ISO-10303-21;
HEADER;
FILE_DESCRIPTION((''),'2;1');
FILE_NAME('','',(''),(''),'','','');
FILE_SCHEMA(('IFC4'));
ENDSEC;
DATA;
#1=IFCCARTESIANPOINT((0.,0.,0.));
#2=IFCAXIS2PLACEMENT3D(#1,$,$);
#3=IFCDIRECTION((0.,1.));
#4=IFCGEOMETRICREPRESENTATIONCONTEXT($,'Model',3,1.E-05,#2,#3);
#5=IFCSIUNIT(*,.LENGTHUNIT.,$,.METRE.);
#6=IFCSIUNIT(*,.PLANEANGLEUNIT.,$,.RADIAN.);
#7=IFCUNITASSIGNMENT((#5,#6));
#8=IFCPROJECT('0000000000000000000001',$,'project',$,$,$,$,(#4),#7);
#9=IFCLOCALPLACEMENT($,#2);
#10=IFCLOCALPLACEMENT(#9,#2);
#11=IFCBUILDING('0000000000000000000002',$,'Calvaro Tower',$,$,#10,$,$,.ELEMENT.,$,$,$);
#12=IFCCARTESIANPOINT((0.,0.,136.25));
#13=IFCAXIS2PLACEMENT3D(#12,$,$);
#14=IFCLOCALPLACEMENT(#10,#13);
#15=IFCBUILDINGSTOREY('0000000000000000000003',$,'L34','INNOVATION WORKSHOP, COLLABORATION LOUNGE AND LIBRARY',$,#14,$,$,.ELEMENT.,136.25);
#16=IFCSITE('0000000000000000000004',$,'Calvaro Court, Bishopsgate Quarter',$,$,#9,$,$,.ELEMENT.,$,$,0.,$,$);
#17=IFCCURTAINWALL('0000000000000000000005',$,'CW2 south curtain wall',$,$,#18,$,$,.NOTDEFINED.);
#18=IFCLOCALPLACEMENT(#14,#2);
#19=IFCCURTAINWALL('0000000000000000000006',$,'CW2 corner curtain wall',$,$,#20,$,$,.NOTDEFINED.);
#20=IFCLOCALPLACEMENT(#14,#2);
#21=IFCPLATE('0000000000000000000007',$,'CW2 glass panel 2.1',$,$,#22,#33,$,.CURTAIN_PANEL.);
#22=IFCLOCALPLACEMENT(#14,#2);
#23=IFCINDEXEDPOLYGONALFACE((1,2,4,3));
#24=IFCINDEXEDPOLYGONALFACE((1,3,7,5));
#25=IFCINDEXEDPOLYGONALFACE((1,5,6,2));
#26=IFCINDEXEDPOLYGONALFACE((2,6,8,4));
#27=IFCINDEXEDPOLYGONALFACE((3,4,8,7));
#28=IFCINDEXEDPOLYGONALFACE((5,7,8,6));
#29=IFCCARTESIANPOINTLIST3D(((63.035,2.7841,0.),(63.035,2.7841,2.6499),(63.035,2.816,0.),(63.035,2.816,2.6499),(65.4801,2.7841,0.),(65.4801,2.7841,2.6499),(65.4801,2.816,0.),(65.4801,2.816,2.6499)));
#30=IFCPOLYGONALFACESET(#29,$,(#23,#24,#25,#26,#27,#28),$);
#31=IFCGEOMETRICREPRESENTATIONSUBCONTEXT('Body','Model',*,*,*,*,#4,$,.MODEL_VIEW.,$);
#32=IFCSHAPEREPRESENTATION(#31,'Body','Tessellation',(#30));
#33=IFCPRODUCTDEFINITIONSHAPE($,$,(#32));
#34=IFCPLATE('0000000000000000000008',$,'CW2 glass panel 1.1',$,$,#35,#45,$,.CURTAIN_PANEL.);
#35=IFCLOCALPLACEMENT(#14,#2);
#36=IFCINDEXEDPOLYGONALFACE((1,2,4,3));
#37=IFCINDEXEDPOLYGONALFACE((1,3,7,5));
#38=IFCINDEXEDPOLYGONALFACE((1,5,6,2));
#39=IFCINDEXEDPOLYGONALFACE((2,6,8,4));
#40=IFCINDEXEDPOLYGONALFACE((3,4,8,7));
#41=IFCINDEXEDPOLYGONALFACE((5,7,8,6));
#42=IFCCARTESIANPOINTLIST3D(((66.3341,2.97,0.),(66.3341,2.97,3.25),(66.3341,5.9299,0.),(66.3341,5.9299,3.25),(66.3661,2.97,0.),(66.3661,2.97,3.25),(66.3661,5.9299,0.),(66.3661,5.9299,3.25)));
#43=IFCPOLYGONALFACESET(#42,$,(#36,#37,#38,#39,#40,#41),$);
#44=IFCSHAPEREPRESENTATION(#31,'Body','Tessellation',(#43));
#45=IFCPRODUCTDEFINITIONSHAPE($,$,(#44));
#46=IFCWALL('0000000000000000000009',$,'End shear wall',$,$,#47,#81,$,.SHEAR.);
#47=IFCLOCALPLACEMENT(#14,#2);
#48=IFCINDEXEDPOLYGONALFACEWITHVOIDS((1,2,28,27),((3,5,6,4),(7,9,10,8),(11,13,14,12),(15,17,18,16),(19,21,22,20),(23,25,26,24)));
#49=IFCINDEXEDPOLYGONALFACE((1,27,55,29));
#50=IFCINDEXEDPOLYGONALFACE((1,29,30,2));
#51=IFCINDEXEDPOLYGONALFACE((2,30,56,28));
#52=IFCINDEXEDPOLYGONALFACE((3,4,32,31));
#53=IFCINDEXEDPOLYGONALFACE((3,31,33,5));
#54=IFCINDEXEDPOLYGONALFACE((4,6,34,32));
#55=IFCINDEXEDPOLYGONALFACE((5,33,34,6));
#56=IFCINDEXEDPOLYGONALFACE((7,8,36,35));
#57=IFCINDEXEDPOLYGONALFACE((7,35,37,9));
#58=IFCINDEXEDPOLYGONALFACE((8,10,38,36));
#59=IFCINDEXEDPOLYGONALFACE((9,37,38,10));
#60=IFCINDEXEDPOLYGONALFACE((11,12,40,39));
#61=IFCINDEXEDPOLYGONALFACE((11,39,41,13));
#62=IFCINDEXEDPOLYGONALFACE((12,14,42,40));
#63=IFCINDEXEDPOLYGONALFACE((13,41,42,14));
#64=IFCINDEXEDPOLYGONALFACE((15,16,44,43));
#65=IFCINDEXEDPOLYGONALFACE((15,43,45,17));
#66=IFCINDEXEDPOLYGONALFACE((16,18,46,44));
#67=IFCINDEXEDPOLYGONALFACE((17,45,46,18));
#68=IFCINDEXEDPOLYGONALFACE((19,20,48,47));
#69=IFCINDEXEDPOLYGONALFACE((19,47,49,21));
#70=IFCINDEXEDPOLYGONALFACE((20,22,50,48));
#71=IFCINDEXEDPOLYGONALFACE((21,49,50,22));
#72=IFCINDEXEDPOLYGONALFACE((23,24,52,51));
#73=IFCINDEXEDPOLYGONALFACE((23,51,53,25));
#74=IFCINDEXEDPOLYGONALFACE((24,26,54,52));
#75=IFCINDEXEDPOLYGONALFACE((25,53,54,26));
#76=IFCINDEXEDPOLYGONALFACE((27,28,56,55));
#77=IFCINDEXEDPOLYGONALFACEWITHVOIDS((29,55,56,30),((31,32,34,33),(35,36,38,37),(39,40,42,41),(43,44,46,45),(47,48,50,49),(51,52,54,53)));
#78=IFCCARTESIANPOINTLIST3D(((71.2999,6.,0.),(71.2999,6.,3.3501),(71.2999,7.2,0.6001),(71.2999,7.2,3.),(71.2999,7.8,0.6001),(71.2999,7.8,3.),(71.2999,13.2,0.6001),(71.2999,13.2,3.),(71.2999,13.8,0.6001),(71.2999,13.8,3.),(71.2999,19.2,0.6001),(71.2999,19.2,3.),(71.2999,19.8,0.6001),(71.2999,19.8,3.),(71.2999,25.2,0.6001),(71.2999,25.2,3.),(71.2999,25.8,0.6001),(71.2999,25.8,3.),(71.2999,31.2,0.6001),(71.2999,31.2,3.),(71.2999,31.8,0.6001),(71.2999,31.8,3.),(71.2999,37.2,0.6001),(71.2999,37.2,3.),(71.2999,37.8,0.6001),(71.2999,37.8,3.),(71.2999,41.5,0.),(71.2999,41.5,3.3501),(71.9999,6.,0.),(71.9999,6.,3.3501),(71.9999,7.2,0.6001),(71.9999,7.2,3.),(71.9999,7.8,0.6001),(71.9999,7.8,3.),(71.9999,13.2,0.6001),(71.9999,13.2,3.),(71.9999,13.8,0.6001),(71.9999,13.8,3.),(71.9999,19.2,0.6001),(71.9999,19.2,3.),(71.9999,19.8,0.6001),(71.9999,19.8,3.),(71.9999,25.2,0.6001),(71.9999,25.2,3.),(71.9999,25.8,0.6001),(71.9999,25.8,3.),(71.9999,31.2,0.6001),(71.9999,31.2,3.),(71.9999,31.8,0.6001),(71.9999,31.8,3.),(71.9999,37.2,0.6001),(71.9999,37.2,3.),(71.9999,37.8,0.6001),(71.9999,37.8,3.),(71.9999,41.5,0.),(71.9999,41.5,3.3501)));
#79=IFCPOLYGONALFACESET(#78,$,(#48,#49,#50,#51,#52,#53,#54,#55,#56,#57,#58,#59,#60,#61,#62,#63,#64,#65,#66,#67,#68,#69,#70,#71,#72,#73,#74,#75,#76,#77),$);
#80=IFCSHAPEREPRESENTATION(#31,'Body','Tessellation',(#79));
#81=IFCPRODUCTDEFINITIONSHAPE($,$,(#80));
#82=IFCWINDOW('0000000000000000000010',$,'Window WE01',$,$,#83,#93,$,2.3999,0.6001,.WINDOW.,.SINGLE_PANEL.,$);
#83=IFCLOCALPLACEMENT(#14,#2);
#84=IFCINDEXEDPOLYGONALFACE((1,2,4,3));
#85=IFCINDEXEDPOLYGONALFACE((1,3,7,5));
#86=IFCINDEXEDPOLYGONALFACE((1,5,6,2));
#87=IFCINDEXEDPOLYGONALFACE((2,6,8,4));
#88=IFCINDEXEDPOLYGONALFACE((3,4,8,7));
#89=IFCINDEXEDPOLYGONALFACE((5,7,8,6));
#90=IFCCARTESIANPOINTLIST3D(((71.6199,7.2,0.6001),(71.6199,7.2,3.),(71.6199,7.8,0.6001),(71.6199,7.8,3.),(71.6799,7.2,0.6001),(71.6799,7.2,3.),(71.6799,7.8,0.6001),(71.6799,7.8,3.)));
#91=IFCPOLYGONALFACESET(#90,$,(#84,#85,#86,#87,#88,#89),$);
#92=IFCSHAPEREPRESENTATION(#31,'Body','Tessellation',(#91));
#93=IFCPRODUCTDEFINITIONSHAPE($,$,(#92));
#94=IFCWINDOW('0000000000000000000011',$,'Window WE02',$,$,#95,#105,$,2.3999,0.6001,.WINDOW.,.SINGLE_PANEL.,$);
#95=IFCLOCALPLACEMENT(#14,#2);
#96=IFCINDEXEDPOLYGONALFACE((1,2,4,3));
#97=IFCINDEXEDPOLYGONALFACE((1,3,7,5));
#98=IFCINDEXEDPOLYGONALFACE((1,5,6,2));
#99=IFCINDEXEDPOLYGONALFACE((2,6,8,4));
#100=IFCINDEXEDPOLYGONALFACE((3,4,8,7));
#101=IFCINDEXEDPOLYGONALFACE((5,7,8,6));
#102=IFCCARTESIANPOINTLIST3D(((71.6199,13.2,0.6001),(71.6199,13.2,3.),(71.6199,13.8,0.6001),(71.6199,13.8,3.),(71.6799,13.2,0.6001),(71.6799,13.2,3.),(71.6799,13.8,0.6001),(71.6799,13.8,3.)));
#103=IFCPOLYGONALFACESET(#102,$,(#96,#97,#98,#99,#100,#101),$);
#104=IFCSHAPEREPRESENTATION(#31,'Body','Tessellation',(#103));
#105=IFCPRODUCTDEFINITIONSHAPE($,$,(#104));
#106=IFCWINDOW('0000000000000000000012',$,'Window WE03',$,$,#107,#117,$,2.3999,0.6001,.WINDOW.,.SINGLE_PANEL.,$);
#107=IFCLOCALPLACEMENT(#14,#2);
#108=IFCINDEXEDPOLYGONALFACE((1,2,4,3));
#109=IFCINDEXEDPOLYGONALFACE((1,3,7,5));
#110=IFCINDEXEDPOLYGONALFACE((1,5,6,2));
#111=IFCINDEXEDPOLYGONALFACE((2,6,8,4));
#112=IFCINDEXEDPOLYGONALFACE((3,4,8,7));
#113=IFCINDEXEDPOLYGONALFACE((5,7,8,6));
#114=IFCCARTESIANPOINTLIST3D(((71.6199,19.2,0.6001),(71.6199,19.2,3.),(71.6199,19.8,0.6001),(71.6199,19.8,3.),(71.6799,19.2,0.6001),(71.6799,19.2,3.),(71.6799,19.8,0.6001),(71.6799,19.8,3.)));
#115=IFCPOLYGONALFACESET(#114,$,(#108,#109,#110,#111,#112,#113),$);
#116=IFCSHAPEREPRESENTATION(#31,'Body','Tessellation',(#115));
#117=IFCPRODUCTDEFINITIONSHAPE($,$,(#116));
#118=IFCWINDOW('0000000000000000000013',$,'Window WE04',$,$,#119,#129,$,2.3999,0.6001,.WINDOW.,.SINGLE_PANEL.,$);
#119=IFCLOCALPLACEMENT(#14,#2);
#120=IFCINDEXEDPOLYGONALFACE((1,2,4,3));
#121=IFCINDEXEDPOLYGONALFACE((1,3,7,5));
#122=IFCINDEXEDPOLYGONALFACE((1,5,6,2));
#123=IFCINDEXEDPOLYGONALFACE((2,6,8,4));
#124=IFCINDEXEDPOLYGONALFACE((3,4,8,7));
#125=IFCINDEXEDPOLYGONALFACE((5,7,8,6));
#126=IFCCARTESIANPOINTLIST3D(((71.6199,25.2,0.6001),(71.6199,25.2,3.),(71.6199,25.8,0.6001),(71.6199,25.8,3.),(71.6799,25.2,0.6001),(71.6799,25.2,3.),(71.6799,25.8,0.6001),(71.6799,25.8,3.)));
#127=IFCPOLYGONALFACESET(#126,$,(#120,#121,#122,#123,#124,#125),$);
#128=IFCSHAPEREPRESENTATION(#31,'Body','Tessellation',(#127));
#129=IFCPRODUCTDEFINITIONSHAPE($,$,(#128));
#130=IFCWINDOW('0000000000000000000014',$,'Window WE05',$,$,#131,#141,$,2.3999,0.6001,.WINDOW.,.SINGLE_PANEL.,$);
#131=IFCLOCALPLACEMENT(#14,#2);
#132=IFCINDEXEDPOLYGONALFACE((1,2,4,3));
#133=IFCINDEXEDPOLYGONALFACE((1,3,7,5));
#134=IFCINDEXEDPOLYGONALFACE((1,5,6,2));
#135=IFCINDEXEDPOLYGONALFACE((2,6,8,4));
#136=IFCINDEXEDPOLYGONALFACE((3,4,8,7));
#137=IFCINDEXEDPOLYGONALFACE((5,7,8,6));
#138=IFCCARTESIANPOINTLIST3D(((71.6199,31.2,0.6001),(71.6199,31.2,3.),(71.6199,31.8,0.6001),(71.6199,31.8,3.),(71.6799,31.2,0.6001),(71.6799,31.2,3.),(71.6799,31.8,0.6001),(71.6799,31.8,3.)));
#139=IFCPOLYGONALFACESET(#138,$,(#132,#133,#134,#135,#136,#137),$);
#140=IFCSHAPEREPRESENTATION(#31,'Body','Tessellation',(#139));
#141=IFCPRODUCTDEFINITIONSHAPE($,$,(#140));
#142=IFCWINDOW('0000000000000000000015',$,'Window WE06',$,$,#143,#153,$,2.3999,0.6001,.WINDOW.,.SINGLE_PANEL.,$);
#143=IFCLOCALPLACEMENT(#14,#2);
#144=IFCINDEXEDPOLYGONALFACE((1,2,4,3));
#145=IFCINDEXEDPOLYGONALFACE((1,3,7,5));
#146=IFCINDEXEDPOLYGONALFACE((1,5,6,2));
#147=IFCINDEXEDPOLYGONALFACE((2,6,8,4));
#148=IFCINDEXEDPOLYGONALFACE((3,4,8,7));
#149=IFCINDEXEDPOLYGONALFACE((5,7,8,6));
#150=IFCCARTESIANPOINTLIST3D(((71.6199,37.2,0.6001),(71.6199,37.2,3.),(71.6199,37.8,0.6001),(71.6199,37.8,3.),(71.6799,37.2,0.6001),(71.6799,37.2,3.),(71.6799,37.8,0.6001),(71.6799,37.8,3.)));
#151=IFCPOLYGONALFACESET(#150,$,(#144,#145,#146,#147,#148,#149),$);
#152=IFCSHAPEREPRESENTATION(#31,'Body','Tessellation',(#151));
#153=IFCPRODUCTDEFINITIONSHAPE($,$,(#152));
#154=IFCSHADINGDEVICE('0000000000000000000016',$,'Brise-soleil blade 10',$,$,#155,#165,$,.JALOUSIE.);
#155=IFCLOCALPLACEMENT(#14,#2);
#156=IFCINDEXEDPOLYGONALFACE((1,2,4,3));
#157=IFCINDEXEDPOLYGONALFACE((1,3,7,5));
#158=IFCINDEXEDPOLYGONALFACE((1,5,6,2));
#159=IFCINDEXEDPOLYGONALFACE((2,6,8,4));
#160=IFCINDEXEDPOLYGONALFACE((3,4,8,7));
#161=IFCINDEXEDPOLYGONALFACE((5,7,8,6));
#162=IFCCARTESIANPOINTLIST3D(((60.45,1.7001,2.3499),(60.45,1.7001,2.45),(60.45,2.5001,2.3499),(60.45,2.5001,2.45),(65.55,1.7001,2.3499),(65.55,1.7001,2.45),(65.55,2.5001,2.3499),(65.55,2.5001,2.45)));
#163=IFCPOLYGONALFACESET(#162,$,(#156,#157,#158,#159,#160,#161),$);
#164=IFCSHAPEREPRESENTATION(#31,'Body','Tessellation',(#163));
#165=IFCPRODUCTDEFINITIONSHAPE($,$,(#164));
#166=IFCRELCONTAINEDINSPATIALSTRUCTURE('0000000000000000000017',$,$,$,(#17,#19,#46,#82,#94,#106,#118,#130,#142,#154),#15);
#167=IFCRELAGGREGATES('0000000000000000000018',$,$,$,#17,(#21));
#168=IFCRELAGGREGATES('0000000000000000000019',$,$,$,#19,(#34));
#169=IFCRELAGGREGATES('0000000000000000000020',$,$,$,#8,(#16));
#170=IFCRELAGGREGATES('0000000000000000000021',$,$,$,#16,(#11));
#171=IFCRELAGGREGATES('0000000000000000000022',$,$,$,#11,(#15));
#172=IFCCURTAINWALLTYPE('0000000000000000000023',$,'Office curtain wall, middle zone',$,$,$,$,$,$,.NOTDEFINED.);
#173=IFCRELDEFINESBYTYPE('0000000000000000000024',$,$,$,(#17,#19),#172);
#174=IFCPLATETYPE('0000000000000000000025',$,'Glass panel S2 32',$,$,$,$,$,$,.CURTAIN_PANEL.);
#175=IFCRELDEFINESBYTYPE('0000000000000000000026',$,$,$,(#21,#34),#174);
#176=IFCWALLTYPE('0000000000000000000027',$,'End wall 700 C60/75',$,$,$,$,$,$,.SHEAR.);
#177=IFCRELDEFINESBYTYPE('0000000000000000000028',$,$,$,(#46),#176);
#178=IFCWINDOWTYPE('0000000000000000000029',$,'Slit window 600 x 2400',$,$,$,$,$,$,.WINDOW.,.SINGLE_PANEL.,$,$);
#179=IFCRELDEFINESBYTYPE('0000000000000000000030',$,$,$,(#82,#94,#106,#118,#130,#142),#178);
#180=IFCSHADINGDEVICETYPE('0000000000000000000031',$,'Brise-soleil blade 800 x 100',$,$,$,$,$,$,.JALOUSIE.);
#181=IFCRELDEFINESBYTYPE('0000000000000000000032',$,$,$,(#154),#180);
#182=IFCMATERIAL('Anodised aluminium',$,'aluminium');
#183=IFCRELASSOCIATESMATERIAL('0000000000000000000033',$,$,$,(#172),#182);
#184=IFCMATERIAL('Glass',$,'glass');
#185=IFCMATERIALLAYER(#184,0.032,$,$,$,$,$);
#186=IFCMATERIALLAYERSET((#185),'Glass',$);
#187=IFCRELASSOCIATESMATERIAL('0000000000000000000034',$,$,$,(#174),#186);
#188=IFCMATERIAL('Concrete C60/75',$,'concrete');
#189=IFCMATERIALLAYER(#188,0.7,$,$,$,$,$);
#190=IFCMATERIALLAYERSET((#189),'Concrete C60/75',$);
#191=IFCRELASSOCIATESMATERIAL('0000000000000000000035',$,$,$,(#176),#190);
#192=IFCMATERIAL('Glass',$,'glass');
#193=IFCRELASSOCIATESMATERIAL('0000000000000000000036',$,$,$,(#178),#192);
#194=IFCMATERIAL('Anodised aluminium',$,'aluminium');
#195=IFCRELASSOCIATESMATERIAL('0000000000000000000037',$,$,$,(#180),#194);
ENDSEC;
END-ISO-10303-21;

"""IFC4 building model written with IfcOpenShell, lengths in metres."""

from ifc_helpers import new_model, si_unit, direction, frame, frame_2d, origin, origin_2d, place, context, subcontext, project, spatial, rectangle, extrude, material, layer, layer_set, material_profile, profile_set, type_object, element, fill, aggregate, save


model = new_model("IFC4")

# Units and contexts
model_context = context("Model", 3, precision=1e-05, world=origin(), true_north=direction((0.0, 1.0)))
body_context = subcontext(model_context, "Body", "Model", "MODEL_VIEW")
ifc_project = project(units=[si_unit("LENGTHUNIT", "METRE"), si_unit("PLANEANGLEUNIT", "RADIAN")], contexts=[model_context])

# Site, building, storey
site_placement = place(None, origin())
site = spatial("IfcSite", under=ifc_project, at=site_placement, Name="Calvaro Court, Bishopsgate Quarter", CompositionType="ELEMENT", RefElevation=0.0)
building_placement = place(site_placement, origin())
building = spatial("IfcBuilding", under=site, at=building_placement, Name="Calvaro Tower", CompositionType="ELEMENT")
storey_placement = place(building_placement, frame((0.0, 0.0, 136.25)))
storey = spatial("IfcBuildingStorey", under=building, at=storey_placement, Name="L34", Description="INNOVATION WORKSHOP, COLLABORATION LOUNGE AND LIBRARY", CompositionType="ELEMENT", Elevation=136.25)

# Curtain walls
ifc_material_1 = material(Name="Anodised aluminium", Category="aluminium")
curtain_wall_type = type_object("IfcCurtainWallType", Name="Office curtain wall, middle zone", PredefinedType="NOTDEFINED", material=ifc_material_1)
curtain_wall_1_placement = place(storey_placement, origin())
curtain_wall_1 = element("IfcCurtainWall", 1, at=curtain_wall_1_placement, inside=storey, type_object=curtain_wall_type, Name="CW2 south curtain wall", PredefinedType="NOTDEFINED")
curtain_wall_2_placement = place(storey_placement, origin())
curtain_wall_2 = element("IfcCurtainWall", 2, at=curtain_wall_2_placement, inside=storey, type_object=curtain_wall_type, Name="CW2 corner curtain wall", PredefinedType="NOTDEFINED")

# Plates
ifc_material_2 = material(Name="Glass", Category="glass")
ifc_layer_1 = layer(ifc_material_2, 0.032)
ifc_layer_set_1 = layer_set([ifc_layer_1], Name="Glass")
plate_type = type_object("IfcPlateType", Name="Glass panel S2 32", PredefinedType="CURTAIN_PANEL", material=ifc_layer_set_1)
plate_1_placement = place(storey_placement, frame((64.2576, 2.8, 0.0), z_axis=(0.0, 0.0, 1.0), x_axis=(1.0, 0.0, 0.0)))
plate_1 = element("IfcPlate", 3, at=plate_1_placement, type_object=plate_type, Name="CW2 glass panel 2.1", PredefinedType="CURTAIN_PANEL", context=body_context, shape_type="SweptSolid", body=[
    extrude(rectangle(XDim=2.4451, YDim=0.032, at=origin_2d()), origin(), (0.0, 0.0, 1.0), 2.6499),
])
aggregate(curtain_wall_1, [plate_1])
plate_2_placement = place(storey_placement, frame((66.3501, 4.45, 0.0), z_axis=(0.0, 0.0, 1.0), x_axis=(0.0, 1.0, 0.0)))
plate_2 = element("IfcPlate", 4, at=plate_2_placement, type_object=plate_type, Name="CW2 glass panel 1.1", PredefinedType="CURTAIN_PANEL", context=body_context, shape_type="SweptSolid", body=[
    extrude(rectangle(XDim=2.96, YDim=0.032, at=origin_2d()), origin(), (0.0, 0.0, 1.0), 3.25),
])
aggregate(curtain_wall_2, [plate_2])

# Wall, openings, windows
ifc_material_3 = material(Name="Concrete C60/75", Category="concrete")
ifc_layer_2 = layer(ifc_material_3, 0.7)
ifc_layer_set_2 = layer_set([ifc_layer_2], Name="Concrete C60/75")
wall_type = type_object("IfcWallType", Name="End wall 700 C60/75", PredefinedType="SHEAR", material=ifc_layer_set_2)
wall_placement = place(storey_placement, frame((71.6499, 6.0, 0.0), z_axis=(0.0, 0.0, 1.0), x_axis=(0.0, 1.0, 0.0)))
wall = element("IfcWall", 5, at=wall_placement, inside=storey, type_object=wall_type, Name="End shear wall", PredefinedType="SHEAR", context=body_context, shape_type="SweptSolid", body=[
    extrude(rectangle(XDim=35.5, YDim=0.7, at=frame_2d((17.75, 0.0))), origin(), (0.0, 0.0, 1.0), 3.3501),
])
opening_1_placement = place(wall_placement, frame((1.2, 0.0, 0.6001)))
opening_1 = element("IfcOpeningElement", 6, at=opening_1_placement, cuts=wall, PredefinedType="OPENING", context=body_context, shape_type="SweptSolid", body=[
    extrude(rectangle(XDim=0.6001, YDim=2.3999, at=frame_2d((0.3, 1.2))), frame((0.0, 0.3599, 0.0), z_axis=(0.0, -1.0, 0.0), x_axis=(1.0, 0.0, 0.0)), (0.0, 0.0, 1.0), 0.72),
])
opening_2_placement = place(wall_placement, frame((7.2, 0.0, 0.6001)))
opening_2 = element("IfcOpeningElement", 7, at=opening_2_placement, cuts=wall, PredefinedType="OPENING", context=body_context, shape_type="SweptSolid", body=[
    extrude(rectangle(XDim=0.6001, YDim=2.3999, at=frame_2d((0.3, 1.2))), frame((0.0, 0.3599, 0.0), z_axis=(0.0, -1.0, 0.0), x_axis=(1.0, 0.0, 0.0)), (0.0, 0.0, 1.0), 0.72),
])
opening_3_placement = place(wall_placement, frame((13.2, 0.0, 0.6001)))
opening_3 = element("IfcOpeningElement", 8, at=opening_3_placement, cuts=wall, PredefinedType="OPENING", context=body_context, shape_type="SweptSolid", body=[
    extrude(rectangle(XDim=0.6001, YDim=2.3999, at=frame_2d((0.3, 1.2))), frame((0.0, 0.3599, 0.0), z_axis=(0.0, -1.0, 0.0), x_axis=(1.0, 0.0, 0.0)), (0.0, 0.0, 1.0), 0.72),
])
opening_4_placement = place(wall_placement, frame((19.2, 0.0, 0.6001)))
opening_4 = element("IfcOpeningElement", 9, at=opening_4_placement, cuts=wall, PredefinedType="OPENING", context=body_context, shape_type="SweptSolid", body=[
    extrude(rectangle(XDim=0.6001, YDim=2.3999, at=frame_2d((0.3, 1.2))), frame((0.0, 0.3599, 0.0), z_axis=(0.0, -1.0, 0.0), x_axis=(1.0, 0.0, 0.0)), (0.0, 0.0, 1.0), 0.72),
])
opening_5_placement = place(wall_placement, frame((25.2, 0.0, 0.6001)))
opening_5 = element("IfcOpeningElement", 10, at=opening_5_placement, cuts=wall, PredefinedType="OPENING", context=body_context, shape_type="SweptSolid", body=[
    extrude(rectangle(XDim=0.6001, YDim=2.3999, at=frame_2d((0.3, 1.2))), frame((0.0, 0.3599, 0.0), z_axis=(0.0, -1.0, 0.0), x_axis=(1.0, 0.0, 0.0)), (0.0, 0.0, 1.0), 0.72),
])
opening_6_placement = place(wall_placement, frame((31.2, 0.0, 0.6001)))
opening_6 = element("IfcOpeningElement", 11, at=opening_6_placement, cuts=wall, PredefinedType="OPENING", context=body_context, shape_type="SweptSolid", body=[
    extrude(rectangle(XDim=0.6001, YDim=2.3999, at=frame_2d((0.3, 1.2))), frame((0.0, 0.3599, 0.0), z_axis=(0.0, -1.0, 0.0), x_axis=(1.0, 0.0, 0.0)), (0.0, 0.0, 1.0), 0.72),
])
ifc_material_4 = material(Name="Glass", Category="glass")
window_type = type_object("IfcWindowType", Name="Slit window 600 x 2400", PartitioningType="SINGLE_PANEL", PredefinedType="WINDOW", material=ifc_material_4)
window_1_placement = place(opening_1_placement, origin())
window_1 = element("IfcWindow", 12, at=window_1_placement, inside=storey, type_object=window_type, Name="Window WE01", OverallHeight=2.3999, OverallWidth=0.6001, PartitioningType="SINGLE_PANEL", PredefinedType="WINDOW", context=body_context, shape_type="SweptSolid", body=[
    extrude(rectangle(XDim=0.6001, YDim=2.3999, at=frame_2d((0.3, 1.2))), frame((0.0, 0.03, 0.0), z_axis=(0.0, -1.0, 0.0), x_axis=(1.0, 0.0, 0.0)), (0.0, 0.0, 1.0), 0.0601),
])
fill(opening_1, window_1)
window_2_placement = place(opening_2_placement, origin())
window_2 = element("IfcWindow", 13, at=window_2_placement, inside=storey, type_object=window_type, Name="Window WE02", OverallHeight=2.3999, OverallWidth=0.6001, PartitioningType="SINGLE_PANEL", PredefinedType="WINDOW", context=body_context, shape_type="SweptSolid", body=[
    extrude(rectangle(XDim=0.6001, YDim=2.3999, at=frame_2d((0.3, 1.2))), frame((0.0, 0.03, 0.0), z_axis=(0.0, -1.0, 0.0), x_axis=(1.0, 0.0, 0.0)), (0.0, 0.0, 1.0), 0.0601),
])
fill(opening_2, window_2)
window_3_placement = place(opening_3_placement, origin())
window_3 = element("IfcWindow", 14, at=window_3_placement, inside=storey, type_object=window_type, Name="Window WE03", OverallHeight=2.3999, OverallWidth=0.6001, PartitioningType="SINGLE_PANEL", PredefinedType="WINDOW", context=body_context, shape_type="SweptSolid", body=[
    extrude(rectangle(XDim=0.6001, YDim=2.3999, at=frame_2d((0.3, 1.2))), frame((0.0, 0.03, 0.0), z_axis=(0.0, -1.0, 0.0), x_axis=(1.0, 0.0, 0.0)), (0.0, 0.0, 1.0), 0.0601),
])
fill(opening_3, window_3)
window_4_placement = place(opening_4_placement, origin())
window_4 = element("IfcWindow", 15, at=window_4_placement, inside=storey, type_object=window_type, Name="Window WE04", OverallHeight=2.3999, OverallWidth=0.6001, PartitioningType="SINGLE_PANEL", PredefinedType="WINDOW", context=body_context, shape_type="SweptSolid", body=[
    extrude(rectangle(XDim=0.6001, YDim=2.3999, at=frame_2d((0.3, 1.2))), frame((0.0, 0.03, 0.0), z_axis=(0.0, -1.0, 0.0), x_axis=(1.0, 0.0, 0.0)), (0.0, 0.0, 1.0), 0.0601),
])
fill(opening_4, window_4)
window_5_placement = place(opening_5_placement, origin())
window_5 = element("IfcWindow", 16, at=window_5_placement, inside=storey, type_object=window_type, Name="Window WE05", OverallHeight=2.3999, OverallWidth=0.6001, PartitioningType="SINGLE_PANEL", PredefinedType="WINDOW", context=body_context, shape_type="SweptSolid", body=[
    extrude(rectangle(XDim=0.6001, YDim=2.3999, at=frame_2d((0.3, 1.2))), frame((0.0, 0.03, 0.0), z_axis=(0.0, -1.0, 0.0), x_axis=(1.0, 0.0, 0.0)), (0.0, 0.0, 1.0), 0.0601),
])
fill(opening_5, window_5)
window_6_placement = place(opening_6_placement, origin())
window_6 = element("IfcWindow", 17, at=window_6_placement, inside=storey, type_object=window_type, Name="Window WE06", OverallHeight=2.3999, OverallWidth=0.6001, PartitioningType="SINGLE_PANEL", PredefinedType="WINDOW", context=body_context, shape_type="SweptSolid", body=[
    extrude(rectangle(XDim=0.6001, YDim=2.3999, at=frame_2d((0.3, 1.2))), frame((0.0, 0.03, 0.0), z_axis=(0.0, -1.0, 0.0), x_axis=(1.0, 0.0, 0.0)), (0.0, 0.0, 1.0), 0.0601),
])
fill(opening_6, window_6)

# Shading device
ifc_material_5 = material(Name="Anodised aluminium", Category="aluminium")
ifc_material_profile_1 = material_profile(ifc_material_5, rectangle(XDim=0.8, YDim=0.1001, at=origin_2d()), Name="Brise-soleil blade 800 x 100")
ifc_profile_set_1 = profile_set([ifc_material_profile_1], Name="Anodised aluminium")
shading_device_type = type_object("IfcShadingDeviceType", Name="Brise-soleil blade 800 x 100", PredefinedType="JALOUSIE", material=ifc_profile_set_1)
shading_device_placement = place(storey_placement, frame((60.45, 2.1001, 2.3999), z_axis=(1.0, 0.0, 0.0), x_axis=(0.0, 1.0, 0.0)))
element("IfcShadingDevice", 18, at=shading_device_placement, inside=storey, type_object=shading_device_type, Name="Brise-soleil blade 10", PredefinedType="JALOUSIE", context=body_context, shape_type="SweptSolid", body=[
    extrude(rectangle(XDim=0.8, YDim=0.1001, at=origin_2d()), origin(), (0.0, 0.0, 1.0), 5.1001),
])

save(model, "model.ifc")
